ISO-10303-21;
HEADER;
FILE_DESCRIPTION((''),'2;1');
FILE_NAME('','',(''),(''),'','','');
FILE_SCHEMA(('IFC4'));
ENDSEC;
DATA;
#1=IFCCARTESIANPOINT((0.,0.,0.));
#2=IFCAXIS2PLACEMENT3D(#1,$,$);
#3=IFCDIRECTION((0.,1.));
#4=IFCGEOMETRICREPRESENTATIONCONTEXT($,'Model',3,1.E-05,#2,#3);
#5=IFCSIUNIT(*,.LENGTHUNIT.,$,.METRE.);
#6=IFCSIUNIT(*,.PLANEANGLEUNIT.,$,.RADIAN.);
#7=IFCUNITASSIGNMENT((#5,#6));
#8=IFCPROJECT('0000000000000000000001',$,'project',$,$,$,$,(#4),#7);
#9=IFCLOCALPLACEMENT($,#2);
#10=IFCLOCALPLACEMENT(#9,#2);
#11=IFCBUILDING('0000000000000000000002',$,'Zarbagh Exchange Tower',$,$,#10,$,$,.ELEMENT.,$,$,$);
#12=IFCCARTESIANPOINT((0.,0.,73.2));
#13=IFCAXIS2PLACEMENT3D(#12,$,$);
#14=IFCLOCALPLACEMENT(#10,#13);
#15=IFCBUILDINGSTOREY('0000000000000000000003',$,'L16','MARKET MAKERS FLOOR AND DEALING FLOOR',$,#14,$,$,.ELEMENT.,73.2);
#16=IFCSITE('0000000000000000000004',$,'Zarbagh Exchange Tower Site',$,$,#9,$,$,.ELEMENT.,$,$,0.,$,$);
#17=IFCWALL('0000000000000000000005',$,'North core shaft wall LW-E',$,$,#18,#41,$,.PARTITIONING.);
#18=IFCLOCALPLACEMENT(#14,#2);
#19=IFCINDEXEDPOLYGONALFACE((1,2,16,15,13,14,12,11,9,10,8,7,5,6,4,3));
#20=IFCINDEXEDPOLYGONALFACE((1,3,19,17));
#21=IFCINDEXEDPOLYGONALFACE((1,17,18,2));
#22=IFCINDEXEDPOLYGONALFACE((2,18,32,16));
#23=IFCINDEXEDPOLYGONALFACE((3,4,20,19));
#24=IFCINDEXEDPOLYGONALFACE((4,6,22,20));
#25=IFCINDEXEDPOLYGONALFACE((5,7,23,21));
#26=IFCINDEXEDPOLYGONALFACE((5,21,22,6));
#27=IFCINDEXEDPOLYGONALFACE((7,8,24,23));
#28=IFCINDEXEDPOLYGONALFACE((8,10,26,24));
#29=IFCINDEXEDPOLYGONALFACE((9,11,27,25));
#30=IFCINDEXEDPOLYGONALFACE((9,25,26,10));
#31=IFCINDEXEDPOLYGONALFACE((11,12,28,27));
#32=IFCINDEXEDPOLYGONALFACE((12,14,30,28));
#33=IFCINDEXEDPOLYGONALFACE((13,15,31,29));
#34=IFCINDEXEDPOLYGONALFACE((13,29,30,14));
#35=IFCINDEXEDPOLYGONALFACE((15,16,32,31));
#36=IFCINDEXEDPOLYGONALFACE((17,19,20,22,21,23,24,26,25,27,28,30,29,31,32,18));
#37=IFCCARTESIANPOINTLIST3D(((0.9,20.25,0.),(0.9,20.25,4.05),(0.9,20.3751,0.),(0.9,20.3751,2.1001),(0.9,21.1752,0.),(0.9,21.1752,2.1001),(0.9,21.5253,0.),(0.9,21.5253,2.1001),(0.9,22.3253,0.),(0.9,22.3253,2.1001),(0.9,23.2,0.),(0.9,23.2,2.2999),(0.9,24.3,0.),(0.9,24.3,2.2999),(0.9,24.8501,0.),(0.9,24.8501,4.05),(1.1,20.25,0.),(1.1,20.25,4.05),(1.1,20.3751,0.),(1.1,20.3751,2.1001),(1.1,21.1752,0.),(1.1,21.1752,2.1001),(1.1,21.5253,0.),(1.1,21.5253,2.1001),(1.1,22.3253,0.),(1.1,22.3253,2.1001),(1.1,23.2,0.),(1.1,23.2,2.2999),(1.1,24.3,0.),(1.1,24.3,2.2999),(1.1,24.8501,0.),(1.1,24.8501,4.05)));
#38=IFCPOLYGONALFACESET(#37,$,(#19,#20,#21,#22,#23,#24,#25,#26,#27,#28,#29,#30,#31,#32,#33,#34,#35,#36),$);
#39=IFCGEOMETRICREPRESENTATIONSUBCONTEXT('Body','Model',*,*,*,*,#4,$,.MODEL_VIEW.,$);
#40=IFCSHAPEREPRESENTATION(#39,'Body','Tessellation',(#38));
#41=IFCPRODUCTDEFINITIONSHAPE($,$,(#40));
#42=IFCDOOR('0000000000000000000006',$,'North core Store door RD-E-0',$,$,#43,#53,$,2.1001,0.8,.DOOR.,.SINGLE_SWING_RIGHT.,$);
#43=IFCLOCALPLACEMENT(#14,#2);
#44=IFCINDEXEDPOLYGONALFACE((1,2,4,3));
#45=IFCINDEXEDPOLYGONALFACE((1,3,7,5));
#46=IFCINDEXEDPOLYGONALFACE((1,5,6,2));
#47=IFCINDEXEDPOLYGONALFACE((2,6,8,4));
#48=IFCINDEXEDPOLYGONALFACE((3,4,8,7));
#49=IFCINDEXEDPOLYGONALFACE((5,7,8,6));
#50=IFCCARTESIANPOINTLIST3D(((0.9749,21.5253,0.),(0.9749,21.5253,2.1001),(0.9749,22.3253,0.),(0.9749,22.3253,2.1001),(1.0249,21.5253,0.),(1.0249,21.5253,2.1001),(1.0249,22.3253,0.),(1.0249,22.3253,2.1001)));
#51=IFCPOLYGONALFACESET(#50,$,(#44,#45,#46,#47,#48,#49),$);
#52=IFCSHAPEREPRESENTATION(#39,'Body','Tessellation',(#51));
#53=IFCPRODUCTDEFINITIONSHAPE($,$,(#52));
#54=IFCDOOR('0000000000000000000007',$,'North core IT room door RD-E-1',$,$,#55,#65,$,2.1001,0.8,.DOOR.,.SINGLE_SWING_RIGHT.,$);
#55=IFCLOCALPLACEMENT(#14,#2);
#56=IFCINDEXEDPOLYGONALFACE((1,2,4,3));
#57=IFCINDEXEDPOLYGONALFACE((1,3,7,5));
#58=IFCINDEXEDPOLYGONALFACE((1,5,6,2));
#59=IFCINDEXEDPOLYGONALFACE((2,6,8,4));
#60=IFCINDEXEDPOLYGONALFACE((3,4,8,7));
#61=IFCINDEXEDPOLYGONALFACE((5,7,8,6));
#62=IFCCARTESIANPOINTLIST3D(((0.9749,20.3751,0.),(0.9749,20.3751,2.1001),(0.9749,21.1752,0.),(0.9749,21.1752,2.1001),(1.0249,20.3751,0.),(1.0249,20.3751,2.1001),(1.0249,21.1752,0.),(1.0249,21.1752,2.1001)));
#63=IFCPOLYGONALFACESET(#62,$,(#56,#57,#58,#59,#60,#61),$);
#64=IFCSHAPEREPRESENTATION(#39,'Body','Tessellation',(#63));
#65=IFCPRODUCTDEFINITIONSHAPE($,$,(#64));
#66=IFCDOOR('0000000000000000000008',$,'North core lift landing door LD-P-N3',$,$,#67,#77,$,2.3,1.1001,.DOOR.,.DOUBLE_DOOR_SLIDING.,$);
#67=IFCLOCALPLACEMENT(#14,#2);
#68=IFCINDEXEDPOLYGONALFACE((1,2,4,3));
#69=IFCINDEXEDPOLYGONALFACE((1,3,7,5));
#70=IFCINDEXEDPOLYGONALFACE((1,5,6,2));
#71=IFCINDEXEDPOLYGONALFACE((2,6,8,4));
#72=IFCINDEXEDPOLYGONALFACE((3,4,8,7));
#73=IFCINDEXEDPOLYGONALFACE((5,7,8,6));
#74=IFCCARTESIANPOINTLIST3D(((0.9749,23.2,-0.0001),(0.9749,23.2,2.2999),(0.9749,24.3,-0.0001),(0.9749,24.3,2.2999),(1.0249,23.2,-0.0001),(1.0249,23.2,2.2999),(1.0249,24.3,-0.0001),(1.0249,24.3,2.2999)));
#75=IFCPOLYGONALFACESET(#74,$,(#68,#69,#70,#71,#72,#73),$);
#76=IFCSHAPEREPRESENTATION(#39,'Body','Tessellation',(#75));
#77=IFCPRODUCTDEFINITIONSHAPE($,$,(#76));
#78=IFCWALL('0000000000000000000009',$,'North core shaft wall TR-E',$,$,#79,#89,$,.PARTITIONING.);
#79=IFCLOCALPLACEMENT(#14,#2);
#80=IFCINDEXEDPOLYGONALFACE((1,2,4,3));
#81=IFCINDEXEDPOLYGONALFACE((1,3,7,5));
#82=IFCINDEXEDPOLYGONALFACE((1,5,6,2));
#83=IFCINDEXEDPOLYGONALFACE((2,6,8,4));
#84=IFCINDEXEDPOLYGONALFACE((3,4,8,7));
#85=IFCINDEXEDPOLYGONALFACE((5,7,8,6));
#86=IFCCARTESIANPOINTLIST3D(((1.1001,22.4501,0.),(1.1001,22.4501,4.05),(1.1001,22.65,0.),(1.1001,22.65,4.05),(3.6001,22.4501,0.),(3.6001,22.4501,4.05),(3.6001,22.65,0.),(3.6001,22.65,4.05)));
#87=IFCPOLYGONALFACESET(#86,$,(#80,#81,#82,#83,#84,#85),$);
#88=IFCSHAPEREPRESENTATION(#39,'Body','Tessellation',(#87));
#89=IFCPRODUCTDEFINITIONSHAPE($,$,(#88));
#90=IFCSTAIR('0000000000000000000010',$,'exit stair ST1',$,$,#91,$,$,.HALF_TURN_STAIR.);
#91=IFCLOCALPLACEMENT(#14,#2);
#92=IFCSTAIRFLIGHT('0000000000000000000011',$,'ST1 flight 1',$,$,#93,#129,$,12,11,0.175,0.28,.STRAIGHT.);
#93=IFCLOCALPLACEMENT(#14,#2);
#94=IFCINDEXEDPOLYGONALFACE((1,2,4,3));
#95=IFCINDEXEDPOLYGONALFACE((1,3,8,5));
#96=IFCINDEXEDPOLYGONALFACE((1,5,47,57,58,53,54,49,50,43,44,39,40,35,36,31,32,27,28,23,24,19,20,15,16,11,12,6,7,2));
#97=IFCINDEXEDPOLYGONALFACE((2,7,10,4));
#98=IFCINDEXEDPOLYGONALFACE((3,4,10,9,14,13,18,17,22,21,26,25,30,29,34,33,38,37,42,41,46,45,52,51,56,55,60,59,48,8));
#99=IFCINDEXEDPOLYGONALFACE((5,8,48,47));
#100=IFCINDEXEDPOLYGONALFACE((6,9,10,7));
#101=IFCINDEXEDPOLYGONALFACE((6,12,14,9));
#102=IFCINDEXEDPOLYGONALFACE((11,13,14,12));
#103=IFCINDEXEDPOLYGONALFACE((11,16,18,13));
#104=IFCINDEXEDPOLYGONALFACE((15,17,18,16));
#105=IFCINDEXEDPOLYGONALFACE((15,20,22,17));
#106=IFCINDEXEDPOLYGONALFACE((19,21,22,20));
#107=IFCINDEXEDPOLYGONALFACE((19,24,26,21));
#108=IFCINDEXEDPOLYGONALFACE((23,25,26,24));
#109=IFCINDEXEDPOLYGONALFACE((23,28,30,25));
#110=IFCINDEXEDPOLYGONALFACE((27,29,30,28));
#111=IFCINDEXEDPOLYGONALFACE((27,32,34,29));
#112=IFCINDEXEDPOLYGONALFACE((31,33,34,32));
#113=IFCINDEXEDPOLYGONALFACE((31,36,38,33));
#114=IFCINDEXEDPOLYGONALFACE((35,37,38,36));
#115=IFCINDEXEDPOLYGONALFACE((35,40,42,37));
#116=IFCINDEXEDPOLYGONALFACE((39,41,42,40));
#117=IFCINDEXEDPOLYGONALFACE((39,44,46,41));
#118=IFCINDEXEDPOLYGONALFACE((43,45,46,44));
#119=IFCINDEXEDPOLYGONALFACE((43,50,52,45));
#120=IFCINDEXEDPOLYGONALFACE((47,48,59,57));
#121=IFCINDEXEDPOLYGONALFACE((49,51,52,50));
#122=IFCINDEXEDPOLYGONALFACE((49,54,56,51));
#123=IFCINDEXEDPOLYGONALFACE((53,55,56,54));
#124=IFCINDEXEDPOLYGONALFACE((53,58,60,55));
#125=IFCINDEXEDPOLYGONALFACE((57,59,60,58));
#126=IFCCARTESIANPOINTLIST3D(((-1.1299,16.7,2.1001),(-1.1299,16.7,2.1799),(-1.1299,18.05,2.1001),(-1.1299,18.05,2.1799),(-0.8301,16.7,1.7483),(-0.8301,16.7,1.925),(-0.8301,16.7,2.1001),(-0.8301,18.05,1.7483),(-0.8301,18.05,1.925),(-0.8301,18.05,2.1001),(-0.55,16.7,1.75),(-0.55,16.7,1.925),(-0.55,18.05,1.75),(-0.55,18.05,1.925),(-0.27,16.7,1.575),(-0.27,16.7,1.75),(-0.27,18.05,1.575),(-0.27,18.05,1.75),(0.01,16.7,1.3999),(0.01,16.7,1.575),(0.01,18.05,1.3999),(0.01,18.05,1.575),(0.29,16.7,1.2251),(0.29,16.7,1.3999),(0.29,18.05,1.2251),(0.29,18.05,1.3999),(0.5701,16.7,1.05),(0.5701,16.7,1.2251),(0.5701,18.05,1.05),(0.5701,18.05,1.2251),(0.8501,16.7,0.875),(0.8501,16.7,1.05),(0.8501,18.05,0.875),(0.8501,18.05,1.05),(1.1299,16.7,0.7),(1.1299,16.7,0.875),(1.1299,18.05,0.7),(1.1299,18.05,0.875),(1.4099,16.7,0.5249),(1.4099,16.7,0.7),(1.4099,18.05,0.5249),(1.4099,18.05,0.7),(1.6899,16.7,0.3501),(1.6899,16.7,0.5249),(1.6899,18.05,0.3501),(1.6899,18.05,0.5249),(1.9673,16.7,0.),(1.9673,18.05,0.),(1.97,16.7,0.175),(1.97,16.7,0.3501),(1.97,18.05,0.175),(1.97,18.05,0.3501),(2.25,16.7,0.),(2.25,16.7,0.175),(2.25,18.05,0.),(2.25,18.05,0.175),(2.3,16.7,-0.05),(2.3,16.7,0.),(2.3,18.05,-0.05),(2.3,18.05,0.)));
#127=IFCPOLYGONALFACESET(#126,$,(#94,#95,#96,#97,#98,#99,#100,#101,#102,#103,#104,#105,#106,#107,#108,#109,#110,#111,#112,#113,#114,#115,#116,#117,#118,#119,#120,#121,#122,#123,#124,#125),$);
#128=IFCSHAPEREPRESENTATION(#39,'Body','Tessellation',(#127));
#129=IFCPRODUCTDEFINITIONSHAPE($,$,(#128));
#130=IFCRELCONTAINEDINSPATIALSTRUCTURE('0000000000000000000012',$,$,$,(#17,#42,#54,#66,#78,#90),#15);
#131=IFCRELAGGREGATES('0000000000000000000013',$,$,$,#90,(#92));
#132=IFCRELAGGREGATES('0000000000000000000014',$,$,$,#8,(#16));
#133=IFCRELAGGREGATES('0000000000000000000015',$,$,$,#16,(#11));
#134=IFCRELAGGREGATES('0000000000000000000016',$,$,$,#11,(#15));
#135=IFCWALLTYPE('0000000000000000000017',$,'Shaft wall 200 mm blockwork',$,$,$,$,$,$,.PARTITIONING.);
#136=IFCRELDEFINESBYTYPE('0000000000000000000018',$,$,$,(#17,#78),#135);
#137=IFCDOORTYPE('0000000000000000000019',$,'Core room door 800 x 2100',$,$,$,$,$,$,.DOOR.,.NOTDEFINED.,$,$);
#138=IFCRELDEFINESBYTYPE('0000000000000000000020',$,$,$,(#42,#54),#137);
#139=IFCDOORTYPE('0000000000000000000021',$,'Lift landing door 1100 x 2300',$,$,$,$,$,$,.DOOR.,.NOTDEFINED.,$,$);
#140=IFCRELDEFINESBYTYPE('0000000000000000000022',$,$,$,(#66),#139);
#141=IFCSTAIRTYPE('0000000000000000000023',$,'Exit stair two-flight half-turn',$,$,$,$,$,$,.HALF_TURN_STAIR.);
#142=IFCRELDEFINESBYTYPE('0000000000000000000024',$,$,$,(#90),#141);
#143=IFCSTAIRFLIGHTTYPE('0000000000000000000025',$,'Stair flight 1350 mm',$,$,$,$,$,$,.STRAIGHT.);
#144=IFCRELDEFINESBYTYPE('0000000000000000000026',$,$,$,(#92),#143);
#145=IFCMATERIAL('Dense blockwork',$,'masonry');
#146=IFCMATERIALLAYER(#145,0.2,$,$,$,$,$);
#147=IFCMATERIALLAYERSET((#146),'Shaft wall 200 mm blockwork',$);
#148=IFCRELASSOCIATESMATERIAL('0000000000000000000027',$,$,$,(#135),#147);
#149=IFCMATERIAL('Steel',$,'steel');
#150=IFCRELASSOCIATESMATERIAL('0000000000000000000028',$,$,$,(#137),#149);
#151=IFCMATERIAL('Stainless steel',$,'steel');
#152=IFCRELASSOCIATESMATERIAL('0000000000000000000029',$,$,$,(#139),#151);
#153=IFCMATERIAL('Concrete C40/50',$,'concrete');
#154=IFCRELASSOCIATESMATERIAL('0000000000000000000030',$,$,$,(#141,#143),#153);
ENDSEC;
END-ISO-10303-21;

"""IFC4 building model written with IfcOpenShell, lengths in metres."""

from ifc_helpers import new_model, si_unit, direction, frame, frame_2d, origin, place, context, subcontext, project, spatial, polyline, rectangle, outline, extrude, material, layer, layer_set, type_object, element, fill, aggregate, save


model = new_model("IFC4")

# Units and contexts
model_context = context("Model", 3, precision=1e-05, world=origin(), true_north=direction((0.0, 1.0)))
body_context = subcontext(model_context, "Body", "Model", "MODEL_VIEW")
ifc_project = project(units=[si_unit("LENGTHUNIT", "METRE"), si_unit("PLANEANGLEUNIT", "RADIAN")], contexts=[model_context])

# Site, building, storey
site_placement = place(None, origin())
site = spatial("IfcSite", under=ifc_project, at=site_placement, Name="Zarbagh Exchange Tower Site", CompositionType="ELEMENT", RefElevation=0.0)
building_placement = place(site_placement, origin())
building = spatial("IfcBuilding", under=site, at=building_placement, Name="Zarbagh Exchange Tower", CompositionType="ELEMENT")
storey_placement = place(building_placement, frame((0.0, 0.0, 73.2)))
storey = spatial("IfcBuildingStorey", under=building, at=storey_placement, Name="L16", Description="MARKET MAKERS FLOOR AND DEALING FLOOR", CompositionType="ELEMENT", Elevation=73.2)

# Shared definitions
ifc_material_1 = material(Name="Dense blockwork", Category="masonry")

# Wall, openings, doors
ifc_material_2 = material(Name="Steel", Category="steel")
ifc_layer_1 = layer(ifc_material_1, 0.2)
ifc_layer_set_1 = layer_set([ifc_layer_1], Name="Shaft wall 200 mm blockwork")
wall_type_1 = type_object("IfcWallType", Name="Shaft wall 200 mm blockwork", PredefinedType="PARTITIONING", material=ifc_layer_set_1)
wall_1_placement = place(storey_placement, frame((1.0, 24.8501, 0.0), z_axis=(0.0, 0.0, 1.0), x_axis=(0.0, -1.0, 0.0)))
wall_1 = element("IfcWall", 1, at=wall_1_placement, inside=storey, type_object=wall_type_1, Name="North core shaft wall LW-E", PredefinedType="PARTITIONING", context=body_context, shape_type="SweptSolid", body=[
    extrude(rectangle(XDim=4.6001, YDim=0.2, at=frame_2d((2.3, 0.0))), origin(), (0.0, 0.0, 1.0), 4.05),
])
opening_1_placement = place(wall_1_placement, frame((0.55, 0.0, 0.0)))
opening_1 = element("IfcOpeningElement", 2, at=opening_1_placement, cuts=wall_1, PredefinedType="OPENING", context=body_context, shape_type="SweptSolid", body=[
    extrude(rectangle(XDim=1.1001, YDim=2.3, at=frame_2d((0.55, 1.1499))), frame((0.0, 0.1099, 0.0), z_axis=(0.0, -1.0, 0.0), x_axis=(1.0, 0.0, 0.0)), (0.0, 0.0, 1.0), 0.22),
])
opening_2_placement = place(wall_1_placement, frame((2.5249, 0.0, 0.0)))
opening_2 = element("IfcOpeningElement", 3, at=opening_2_placement, cuts=wall_1, PredefinedType="OPENING", context=body_context, shape_type="SweptSolid", body=[
    extrude(rectangle(XDim=0.8, YDim=2.1001, at=frame_2d((0.3999, 1.05))), frame((0.0, 0.1099, 0.0), z_axis=(0.0, -1.0, 0.0), x_axis=(1.0, 0.0, 0.0)), (0.0, 0.0, 1.0), 0.22),
])
opening_3_placement = place(wall_1_placement, frame((3.675, 0.0, 0.0)))
opening_3 = element("IfcOpeningElement", 4, at=opening_3_placement, cuts=wall_1, PredefinedType="OPENING", context=body_context, shape_type="SweptSolid", body=[
    extrude(rectangle(XDim=0.8, YDim=2.1001, at=frame_2d((0.3999, 1.05))), frame((0.0, 0.1099, 0.0), z_axis=(0.0, -1.0, 0.0), x_axis=(1.0, 0.0, 0.0)), (0.0, 0.0, 1.0), 0.22),
])
door_type_1 = type_object("IfcDoorType", Name="Core room door 800 x 2100", OperationType="NOTDEFINED", PredefinedType="DOOR", material=ifc_material_2)
door_1_placement = place(opening_2_placement, origin())
door_1 = element("IfcDoor", 5, at=door_1_placement, inside=storey, type_object=door_type_1, Name="North core Store door RD-E-0", OperationType="SINGLE_SWING_RIGHT", OverallHeight=2.1001, OverallWidth=0.8, PredefinedType="DOOR", context=body_context, shape_type="SweptSolid", body=[
    extrude(rectangle(XDim=0.8, YDim=2.1001, at=frame_2d((0.3999, 1.05))), frame((0.0, 0.0249, 0.0), z_axis=(0.0, -1.0, 0.0), x_axis=(1.0, 0.0, 0.0)), (0.0, 0.0, 1.0), 0.05),
])
fill(opening_2, door_1)
door_2_placement = place(opening_3_placement, origin())
door_2 = element("IfcDoor", 6, at=door_2_placement, inside=storey, type_object=door_type_1, Name="North core IT room door RD-E-1", OperationType="SINGLE_SWING_RIGHT", OverallHeight=2.1001, OverallWidth=0.8, PredefinedType="DOOR", context=body_context, shape_type="SweptSolid", body=[
    extrude(rectangle(XDim=0.8, YDim=2.1001, at=frame_2d((0.3999, 1.05))), frame((0.0, 0.0249, 0.0), z_axis=(0.0, -1.0, 0.0), x_axis=(1.0, 0.0, 0.0)), (0.0, 0.0, 1.0), 0.05),
])
fill(opening_3, door_2)
ifc_material_3 = material(Name="Stainless steel", Category="steel")
door_type_2 = type_object("IfcDoorType", Name="Lift landing door 1100 x 2300", OperationType="NOTDEFINED", PredefinedType="DOOR", material=ifc_material_3)
door_3_placement = place(opening_1_placement, origin())
door_3 = element("IfcDoor", 7, at=door_3_placement, inside=storey, type_object=door_type_2, Name="North core lift landing door LD-P-N3", OperationType="DOUBLE_DOOR_SLIDING", OverallHeight=2.3, OverallWidth=1.1001, PredefinedType="DOOR", context=body_context, shape_type="SweptSolid", body=[
    extrude(rectangle(XDim=1.1001, YDim=2.3, at=frame_2d((0.55, 1.1499))), frame((0.0, 0.0249, 0.0), z_axis=(0.0, -1.0, 0.0), x_axis=(1.0, 0.0, 0.0)), (0.0, 0.0, 1.0), 0.05),
])
fill(opening_1, door_3)

# Wall
wall_2_placement = place(storey_placement, frame((1.1001, 22.55, 0.0), z_axis=(0.0, 0.0, 1.0), x_axis=(1.0, 0.0, 0.0)))
element("IfcWall", 8, at=wall_2_placement, inside=storey, type_object=wall_type_1, Name="North core shaft wall TR-E", PredefinedType="PARTITIONING", context=body_context, shape_type="SweptSolid", body=[
    extrude(rectangle(XDim=2.5, YDim=0.2, at=frame_2d((1.25, 0.0))), origin(), (0.0, 0.0, 1.0), 4.05),
])

# Stair, stair flight
ifc_material_4 = material(Name="Concrete C40/50", Category="concrete")
stair_type = type_object("IfcStairType", Name="Exit stair two-flight half-turn", PredefinedType="HALF_TURN_STAIR", material=ifc_material_4)
stair_placement = place(storey_placement, origin())
stair = element("IfcStair", 9, at=stair_placement, inside=storey, type_object=stair_type, Name="exit stair ST1", PredefinedType="HALF_TURN_STAIR")
stair_flight_type = type_object("IfcStairFlightType", Name="Stair flight 1350 mm", PredefinedType="STRAIGHT", material=ifc_material_4)
stair_flight_placement = place(storey_placement, frame((2.25, 17.375, 0.0), z_axis=(0.0, 0.0, 1.0), x_axis=(-1.0, 0.0, 0.0)))
stair_flight = element("IfcStairFlight", 10, at=stair_flight_placement, type_object=stair_flight_type, Name="ST1 flight 1", NumberOfRisers=12, NumberOfTreads=11, PredefinedType="STRAIGHT", RiserHeight=0.175, TreadLength=0.28, context=body_context, shape_type="SweptSolid", body=[
    extrude(outline(polyline([(-0.05, -0.05), (-0.05, 0.0), (0.0, 0.0), (0.0, 0.175), (0.28, 0.175), (0.28, 0.3501), (0.5601, 0.3501), (0.5601, 0.5249), (0.8401, 0.5249), (0.8401, 0.7), (1.1201, 0.7), (1.1201, 0.875), (1.3999, 0.875), (1.3999, 1.05), (1.6799, 1.05), (1.6799, 1.2251), (1.96, 1.2251), (1.96, 1.3999), (2.24, 1.3999), (2.24, 1.575), (2.52, 1.575), (2.52, 1.75), (2.8, 1.75), (2.8, 1.925), (3.0801, 1.925), (3.0801, 2.1001), (3.3799, 2.1799), (3.3799, 2.1001), (3.0801, 1.7483), (0.2827, 0.0), (-0.05, -0.05)])), frame((0.0, 0.675, 0.0), z_axis=(0.0, -1.0, 0.0), x_axis=(1.0, 0.0, 0.0)), (0.0, 0.0, 1.0), 1.3501),
])
aggregate(stair, [stair_flight])

save(model, "model.ifc")
